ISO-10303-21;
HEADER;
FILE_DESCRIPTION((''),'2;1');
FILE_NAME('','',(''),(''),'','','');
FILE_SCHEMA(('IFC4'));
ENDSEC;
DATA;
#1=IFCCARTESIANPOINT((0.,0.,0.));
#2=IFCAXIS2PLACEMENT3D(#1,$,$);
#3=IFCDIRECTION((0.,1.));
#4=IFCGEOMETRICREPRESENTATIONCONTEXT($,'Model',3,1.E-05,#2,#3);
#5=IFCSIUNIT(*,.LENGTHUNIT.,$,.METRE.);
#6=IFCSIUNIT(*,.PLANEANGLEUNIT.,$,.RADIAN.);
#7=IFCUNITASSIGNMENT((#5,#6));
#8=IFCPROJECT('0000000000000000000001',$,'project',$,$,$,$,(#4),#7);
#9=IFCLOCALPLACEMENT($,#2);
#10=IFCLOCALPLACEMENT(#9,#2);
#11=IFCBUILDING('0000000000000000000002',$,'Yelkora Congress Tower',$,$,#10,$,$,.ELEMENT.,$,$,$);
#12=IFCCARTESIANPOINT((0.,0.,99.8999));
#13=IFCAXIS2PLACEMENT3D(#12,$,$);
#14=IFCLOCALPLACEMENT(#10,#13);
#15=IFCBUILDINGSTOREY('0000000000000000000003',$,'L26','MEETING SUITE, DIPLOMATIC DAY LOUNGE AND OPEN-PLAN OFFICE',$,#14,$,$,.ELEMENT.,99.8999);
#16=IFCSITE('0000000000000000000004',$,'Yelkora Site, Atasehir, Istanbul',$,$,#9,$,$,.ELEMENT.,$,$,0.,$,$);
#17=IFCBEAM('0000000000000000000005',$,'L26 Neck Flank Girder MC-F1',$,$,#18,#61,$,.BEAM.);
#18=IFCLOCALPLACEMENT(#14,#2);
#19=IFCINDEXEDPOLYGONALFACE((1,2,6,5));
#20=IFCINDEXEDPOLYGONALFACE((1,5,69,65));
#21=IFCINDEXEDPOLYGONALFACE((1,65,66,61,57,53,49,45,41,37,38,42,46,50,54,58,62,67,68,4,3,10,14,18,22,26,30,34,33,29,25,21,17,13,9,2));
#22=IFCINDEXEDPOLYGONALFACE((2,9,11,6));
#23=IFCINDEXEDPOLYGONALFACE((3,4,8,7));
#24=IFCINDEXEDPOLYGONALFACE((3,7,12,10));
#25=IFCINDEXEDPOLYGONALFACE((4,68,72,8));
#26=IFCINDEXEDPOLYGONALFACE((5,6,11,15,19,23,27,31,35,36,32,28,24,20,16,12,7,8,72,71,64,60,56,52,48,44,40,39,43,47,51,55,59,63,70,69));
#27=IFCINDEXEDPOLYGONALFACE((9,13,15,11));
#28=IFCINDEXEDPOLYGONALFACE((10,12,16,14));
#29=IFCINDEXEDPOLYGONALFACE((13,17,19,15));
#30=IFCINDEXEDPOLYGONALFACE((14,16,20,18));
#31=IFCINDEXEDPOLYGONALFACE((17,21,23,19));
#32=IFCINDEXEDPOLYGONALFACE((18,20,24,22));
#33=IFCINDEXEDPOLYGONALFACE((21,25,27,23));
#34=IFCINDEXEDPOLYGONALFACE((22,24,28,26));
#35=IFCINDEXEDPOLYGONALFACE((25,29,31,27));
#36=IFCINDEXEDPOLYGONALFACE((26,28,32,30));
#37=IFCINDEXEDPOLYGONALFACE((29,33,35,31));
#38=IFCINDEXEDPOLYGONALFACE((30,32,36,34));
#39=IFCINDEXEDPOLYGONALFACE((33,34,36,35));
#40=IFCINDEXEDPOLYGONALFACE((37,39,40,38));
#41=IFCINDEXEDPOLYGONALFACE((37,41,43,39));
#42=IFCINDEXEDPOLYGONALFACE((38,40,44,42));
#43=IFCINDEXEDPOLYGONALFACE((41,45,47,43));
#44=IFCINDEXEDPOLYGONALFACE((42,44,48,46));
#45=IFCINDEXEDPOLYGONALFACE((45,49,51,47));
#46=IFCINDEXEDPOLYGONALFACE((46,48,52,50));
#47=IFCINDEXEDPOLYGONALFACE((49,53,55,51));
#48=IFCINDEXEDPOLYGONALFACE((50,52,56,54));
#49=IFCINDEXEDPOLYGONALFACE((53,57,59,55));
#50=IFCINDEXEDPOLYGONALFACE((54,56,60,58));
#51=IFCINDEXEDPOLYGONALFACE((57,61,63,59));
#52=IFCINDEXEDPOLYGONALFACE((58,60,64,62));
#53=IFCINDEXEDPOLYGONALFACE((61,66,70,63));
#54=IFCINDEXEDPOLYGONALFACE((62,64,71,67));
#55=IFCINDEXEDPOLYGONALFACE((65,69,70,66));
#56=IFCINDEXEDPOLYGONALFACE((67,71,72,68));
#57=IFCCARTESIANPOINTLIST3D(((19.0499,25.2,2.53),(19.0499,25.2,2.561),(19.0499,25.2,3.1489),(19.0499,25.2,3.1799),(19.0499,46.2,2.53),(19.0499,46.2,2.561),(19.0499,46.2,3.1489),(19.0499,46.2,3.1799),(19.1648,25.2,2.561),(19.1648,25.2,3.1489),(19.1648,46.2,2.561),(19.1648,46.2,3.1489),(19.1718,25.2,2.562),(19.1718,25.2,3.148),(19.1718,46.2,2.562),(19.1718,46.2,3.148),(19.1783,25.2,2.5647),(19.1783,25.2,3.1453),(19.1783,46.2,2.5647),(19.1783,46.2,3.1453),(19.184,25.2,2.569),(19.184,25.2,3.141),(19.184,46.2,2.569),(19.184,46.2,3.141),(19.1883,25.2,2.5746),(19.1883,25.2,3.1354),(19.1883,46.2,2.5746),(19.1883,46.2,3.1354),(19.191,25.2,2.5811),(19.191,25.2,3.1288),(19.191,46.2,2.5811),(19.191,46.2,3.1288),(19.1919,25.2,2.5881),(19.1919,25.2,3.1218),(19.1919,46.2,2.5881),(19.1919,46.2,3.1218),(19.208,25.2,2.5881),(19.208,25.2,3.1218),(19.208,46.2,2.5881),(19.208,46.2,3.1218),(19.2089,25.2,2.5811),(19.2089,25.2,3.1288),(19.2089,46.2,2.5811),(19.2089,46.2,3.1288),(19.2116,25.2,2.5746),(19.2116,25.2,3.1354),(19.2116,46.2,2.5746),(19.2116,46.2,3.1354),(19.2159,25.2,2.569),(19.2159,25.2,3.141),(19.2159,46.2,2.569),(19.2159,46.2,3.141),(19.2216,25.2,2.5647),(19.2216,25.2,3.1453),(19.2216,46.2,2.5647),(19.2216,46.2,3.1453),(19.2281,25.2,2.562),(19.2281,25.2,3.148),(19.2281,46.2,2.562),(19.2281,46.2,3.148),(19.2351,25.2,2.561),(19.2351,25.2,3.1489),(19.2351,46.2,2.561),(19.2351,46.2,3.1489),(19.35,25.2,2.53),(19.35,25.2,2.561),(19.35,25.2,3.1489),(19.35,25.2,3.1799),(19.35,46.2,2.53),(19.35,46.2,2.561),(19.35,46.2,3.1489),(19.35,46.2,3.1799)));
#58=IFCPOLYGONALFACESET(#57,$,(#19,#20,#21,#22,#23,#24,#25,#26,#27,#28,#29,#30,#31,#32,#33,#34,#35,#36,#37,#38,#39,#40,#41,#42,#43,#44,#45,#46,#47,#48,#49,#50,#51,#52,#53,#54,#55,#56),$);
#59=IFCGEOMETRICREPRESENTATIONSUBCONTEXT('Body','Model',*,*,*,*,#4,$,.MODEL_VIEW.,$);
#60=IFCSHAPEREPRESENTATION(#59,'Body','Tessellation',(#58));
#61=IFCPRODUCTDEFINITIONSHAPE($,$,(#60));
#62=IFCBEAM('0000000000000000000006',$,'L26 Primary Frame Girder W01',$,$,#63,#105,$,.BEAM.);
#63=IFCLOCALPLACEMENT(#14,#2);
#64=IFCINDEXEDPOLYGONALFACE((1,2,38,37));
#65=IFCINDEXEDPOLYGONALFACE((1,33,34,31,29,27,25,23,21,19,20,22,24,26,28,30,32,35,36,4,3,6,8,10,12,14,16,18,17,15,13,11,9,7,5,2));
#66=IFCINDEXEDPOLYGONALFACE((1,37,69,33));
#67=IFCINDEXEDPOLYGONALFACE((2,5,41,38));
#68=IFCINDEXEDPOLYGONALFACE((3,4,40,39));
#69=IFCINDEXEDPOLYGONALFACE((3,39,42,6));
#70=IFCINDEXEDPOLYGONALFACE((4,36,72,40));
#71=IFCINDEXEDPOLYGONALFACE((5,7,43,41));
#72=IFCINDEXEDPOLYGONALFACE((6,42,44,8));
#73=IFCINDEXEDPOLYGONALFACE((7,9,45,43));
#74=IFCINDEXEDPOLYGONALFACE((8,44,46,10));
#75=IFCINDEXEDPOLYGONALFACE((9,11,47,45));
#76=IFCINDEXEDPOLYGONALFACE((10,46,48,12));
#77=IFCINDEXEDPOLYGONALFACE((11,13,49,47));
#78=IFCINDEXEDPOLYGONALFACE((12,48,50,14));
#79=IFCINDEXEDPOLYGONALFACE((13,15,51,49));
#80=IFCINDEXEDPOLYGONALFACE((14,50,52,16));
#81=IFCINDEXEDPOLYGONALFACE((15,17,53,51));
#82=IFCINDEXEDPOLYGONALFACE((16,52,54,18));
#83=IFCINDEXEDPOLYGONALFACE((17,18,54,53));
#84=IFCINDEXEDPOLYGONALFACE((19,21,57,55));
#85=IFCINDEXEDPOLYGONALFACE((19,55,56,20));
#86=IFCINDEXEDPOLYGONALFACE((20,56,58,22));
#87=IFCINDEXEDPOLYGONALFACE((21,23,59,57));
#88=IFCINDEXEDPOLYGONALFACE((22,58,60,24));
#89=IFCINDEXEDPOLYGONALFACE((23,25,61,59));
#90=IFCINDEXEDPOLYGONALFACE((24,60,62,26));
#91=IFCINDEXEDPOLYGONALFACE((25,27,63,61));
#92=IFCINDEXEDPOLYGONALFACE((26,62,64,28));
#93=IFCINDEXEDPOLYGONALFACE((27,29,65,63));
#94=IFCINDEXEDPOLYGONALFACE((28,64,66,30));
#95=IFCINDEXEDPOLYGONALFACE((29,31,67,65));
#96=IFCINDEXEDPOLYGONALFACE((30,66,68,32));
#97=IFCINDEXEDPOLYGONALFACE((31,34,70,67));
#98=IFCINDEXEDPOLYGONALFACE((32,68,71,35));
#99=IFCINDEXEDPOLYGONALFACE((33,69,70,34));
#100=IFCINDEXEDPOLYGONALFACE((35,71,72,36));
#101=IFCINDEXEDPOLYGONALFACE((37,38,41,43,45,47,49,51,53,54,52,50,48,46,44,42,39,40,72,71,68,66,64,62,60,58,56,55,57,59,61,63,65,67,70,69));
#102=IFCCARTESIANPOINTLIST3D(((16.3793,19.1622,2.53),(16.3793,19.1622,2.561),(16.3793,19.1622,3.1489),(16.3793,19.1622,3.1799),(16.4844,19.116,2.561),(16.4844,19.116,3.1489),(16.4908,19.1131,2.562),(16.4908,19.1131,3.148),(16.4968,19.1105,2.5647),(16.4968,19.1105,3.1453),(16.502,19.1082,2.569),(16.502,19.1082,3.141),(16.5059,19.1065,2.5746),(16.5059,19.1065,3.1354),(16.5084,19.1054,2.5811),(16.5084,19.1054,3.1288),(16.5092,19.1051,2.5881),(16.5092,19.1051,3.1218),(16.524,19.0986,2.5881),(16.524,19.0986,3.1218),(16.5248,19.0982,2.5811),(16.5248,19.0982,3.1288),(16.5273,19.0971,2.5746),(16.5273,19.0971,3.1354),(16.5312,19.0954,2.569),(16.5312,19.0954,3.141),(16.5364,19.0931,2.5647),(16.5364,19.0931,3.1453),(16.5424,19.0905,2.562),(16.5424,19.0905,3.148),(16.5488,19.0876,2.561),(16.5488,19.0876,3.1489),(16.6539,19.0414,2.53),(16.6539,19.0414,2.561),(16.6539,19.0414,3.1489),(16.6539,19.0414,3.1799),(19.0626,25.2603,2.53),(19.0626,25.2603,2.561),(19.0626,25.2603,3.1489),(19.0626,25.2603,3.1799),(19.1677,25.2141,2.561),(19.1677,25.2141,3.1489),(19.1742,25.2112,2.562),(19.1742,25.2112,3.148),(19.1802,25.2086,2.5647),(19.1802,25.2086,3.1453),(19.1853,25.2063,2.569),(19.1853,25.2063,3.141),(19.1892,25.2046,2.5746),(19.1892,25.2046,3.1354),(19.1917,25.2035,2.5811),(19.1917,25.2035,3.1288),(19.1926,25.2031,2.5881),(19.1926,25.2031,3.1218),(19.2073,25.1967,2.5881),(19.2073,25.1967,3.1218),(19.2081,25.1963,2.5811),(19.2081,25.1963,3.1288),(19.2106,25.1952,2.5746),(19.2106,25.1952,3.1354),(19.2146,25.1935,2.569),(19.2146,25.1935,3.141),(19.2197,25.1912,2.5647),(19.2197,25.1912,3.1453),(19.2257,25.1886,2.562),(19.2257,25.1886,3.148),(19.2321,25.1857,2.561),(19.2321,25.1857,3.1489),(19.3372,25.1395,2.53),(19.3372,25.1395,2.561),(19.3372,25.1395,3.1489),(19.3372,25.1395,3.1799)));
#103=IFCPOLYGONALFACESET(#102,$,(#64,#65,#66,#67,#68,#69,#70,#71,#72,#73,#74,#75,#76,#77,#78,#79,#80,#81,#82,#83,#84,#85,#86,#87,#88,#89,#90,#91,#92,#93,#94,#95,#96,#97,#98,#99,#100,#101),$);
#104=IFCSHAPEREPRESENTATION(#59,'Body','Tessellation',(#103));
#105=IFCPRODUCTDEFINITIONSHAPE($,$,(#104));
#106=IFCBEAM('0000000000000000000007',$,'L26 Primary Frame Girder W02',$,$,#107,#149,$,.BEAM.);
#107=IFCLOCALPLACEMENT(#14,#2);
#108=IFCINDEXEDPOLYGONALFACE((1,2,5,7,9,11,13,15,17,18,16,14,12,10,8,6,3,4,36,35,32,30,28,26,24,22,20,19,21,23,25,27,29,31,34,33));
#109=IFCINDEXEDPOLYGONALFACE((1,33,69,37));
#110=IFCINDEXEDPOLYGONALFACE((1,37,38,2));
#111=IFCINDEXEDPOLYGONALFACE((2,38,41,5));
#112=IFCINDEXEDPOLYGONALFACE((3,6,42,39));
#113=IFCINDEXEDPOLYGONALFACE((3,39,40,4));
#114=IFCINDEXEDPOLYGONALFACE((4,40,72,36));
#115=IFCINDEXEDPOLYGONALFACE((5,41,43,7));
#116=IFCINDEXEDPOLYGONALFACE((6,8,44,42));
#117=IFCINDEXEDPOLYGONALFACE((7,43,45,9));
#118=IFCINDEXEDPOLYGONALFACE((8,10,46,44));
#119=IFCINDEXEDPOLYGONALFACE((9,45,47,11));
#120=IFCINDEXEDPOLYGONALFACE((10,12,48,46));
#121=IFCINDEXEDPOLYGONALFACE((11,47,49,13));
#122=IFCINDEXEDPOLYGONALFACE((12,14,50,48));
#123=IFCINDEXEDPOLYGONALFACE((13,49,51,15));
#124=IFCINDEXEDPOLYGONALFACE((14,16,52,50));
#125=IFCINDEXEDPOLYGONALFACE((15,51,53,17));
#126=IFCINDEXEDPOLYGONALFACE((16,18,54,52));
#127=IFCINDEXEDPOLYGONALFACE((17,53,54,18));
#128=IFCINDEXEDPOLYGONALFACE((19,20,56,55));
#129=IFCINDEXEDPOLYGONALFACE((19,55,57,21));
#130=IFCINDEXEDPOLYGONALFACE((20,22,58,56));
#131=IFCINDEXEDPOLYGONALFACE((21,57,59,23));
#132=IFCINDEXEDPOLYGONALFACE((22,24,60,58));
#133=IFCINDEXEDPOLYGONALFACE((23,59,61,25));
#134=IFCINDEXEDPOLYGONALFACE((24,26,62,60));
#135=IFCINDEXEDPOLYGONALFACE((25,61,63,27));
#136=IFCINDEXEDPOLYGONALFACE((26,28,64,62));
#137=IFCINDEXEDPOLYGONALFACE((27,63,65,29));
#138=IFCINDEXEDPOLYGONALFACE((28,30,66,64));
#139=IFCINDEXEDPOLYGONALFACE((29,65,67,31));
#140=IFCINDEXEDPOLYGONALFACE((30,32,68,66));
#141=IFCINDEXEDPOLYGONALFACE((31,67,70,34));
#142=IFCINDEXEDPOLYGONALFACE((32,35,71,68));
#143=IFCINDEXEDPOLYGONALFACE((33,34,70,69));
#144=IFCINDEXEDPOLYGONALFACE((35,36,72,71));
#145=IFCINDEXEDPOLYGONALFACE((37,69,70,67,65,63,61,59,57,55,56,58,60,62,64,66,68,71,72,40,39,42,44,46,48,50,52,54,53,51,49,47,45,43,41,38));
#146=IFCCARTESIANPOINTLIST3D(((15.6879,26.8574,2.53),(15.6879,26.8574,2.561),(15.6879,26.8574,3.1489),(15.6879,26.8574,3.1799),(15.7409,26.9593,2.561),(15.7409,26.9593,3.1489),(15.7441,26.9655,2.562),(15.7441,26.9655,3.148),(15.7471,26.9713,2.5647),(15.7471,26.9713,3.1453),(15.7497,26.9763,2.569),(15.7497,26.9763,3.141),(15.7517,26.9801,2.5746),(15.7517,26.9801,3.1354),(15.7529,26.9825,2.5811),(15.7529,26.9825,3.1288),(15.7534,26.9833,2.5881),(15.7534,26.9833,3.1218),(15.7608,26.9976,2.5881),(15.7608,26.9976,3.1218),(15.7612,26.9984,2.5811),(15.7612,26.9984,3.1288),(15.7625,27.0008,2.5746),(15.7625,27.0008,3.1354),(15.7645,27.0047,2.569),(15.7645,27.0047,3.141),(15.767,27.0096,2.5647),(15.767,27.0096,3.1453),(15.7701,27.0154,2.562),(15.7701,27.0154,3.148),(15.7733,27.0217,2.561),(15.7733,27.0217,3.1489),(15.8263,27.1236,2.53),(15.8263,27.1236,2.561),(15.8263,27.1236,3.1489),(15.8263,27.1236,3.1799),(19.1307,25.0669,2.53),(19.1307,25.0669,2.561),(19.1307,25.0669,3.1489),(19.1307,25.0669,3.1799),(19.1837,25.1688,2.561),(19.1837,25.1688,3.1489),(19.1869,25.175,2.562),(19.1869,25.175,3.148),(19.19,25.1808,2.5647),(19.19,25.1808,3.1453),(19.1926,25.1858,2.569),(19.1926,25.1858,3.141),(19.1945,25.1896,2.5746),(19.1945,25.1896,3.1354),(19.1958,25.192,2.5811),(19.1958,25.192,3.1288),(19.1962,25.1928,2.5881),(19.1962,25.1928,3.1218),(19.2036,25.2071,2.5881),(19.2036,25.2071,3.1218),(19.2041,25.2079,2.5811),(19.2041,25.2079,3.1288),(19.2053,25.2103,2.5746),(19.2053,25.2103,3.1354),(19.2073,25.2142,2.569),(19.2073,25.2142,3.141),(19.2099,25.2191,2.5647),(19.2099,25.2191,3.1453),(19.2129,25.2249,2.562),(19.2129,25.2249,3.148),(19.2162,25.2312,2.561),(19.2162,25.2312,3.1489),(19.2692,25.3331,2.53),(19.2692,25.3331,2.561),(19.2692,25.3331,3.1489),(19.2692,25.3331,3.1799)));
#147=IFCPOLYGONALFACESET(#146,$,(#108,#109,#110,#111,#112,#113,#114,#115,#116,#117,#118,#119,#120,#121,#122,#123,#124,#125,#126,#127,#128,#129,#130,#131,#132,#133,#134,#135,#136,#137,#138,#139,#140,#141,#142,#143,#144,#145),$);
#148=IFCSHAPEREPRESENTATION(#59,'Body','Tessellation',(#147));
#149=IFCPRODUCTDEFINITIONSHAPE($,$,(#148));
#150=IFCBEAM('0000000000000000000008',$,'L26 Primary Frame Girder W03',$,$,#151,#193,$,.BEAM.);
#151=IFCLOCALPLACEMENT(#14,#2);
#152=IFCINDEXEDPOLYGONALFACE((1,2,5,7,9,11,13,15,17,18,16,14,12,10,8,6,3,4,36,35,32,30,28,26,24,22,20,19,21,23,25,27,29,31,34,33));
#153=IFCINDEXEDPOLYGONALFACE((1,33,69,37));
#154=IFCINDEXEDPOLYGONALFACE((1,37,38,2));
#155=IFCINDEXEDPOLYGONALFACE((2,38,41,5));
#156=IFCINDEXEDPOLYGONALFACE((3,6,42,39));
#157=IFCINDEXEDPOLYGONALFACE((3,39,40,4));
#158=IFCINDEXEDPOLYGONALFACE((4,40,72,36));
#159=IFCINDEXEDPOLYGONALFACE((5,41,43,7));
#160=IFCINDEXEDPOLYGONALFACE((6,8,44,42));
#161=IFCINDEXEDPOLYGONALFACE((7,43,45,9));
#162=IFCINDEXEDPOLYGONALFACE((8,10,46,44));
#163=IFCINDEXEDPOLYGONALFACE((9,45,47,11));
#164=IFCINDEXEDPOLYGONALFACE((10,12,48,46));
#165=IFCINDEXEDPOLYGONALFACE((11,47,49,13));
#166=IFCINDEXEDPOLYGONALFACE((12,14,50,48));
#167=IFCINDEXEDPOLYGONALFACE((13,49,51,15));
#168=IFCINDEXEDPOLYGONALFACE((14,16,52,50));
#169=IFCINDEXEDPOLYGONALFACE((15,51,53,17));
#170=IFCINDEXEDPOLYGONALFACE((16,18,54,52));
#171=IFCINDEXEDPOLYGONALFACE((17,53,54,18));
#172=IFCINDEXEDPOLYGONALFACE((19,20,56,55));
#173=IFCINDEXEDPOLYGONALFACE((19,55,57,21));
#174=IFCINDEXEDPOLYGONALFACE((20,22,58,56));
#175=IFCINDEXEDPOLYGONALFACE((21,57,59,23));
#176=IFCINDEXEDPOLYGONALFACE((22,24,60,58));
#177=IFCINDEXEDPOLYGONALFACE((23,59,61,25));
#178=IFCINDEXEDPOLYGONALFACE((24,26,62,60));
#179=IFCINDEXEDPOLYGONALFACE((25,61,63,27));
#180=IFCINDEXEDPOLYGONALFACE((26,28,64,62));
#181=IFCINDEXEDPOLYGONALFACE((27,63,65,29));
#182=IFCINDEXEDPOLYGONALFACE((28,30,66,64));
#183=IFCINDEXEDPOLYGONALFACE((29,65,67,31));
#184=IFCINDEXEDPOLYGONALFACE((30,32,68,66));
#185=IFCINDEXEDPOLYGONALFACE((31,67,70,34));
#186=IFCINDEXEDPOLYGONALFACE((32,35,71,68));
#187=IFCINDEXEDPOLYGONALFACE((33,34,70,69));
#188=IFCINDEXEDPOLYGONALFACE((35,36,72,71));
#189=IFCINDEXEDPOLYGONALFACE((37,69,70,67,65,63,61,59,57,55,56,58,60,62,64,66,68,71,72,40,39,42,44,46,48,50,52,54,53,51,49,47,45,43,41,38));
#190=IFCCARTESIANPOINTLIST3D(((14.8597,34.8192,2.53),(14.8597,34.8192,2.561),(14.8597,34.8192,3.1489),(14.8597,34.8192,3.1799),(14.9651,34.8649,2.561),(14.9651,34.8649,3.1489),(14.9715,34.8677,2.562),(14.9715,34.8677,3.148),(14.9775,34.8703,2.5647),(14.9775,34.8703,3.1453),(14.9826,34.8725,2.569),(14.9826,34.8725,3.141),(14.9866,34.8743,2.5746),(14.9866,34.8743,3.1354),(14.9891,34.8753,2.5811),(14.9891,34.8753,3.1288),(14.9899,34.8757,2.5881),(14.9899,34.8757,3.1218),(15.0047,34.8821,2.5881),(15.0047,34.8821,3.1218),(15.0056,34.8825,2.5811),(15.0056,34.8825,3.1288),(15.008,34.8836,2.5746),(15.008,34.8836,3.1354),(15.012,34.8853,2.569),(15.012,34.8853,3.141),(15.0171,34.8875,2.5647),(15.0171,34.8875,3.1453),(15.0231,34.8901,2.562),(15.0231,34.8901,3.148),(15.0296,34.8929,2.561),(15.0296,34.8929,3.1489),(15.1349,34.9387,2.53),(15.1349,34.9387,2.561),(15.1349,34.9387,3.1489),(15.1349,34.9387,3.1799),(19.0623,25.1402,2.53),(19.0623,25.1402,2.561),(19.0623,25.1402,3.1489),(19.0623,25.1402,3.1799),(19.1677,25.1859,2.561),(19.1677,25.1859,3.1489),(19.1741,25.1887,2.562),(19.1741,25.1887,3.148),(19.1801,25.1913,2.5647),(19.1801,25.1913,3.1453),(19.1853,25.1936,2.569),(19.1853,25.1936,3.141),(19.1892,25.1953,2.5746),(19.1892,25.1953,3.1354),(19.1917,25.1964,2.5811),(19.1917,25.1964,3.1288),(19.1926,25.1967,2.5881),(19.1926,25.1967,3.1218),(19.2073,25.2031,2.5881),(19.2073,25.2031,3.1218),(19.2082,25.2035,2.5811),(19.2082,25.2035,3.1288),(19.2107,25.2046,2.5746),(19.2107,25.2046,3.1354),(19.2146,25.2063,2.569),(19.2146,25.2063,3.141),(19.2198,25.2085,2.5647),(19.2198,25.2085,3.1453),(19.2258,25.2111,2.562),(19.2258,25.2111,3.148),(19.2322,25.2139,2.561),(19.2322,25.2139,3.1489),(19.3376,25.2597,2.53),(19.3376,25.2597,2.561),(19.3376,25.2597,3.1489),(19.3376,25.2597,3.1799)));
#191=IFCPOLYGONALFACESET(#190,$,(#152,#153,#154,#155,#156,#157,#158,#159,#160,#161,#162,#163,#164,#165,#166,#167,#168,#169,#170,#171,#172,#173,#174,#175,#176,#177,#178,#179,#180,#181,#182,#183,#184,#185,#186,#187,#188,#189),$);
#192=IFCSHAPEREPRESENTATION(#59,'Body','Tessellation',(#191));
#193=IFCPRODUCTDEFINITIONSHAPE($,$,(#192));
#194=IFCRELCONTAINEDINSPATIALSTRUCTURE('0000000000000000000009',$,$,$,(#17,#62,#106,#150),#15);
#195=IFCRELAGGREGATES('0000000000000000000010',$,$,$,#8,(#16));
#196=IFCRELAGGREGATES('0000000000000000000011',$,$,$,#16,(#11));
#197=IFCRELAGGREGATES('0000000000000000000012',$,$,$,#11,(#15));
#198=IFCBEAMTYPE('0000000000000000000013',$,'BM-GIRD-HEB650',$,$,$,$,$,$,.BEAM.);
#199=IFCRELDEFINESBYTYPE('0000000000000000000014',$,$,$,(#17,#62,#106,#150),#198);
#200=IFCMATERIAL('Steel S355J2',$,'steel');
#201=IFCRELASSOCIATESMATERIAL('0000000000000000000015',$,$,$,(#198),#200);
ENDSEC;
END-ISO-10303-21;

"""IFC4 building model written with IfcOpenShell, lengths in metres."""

from ifc_helpers import new_model, si_unit, direction, frame, origin, origin_2d, place, context, subcontext, project, spatial, i_section, extrude, material, material_profile, profile_set, type_object, element, save


model = new_model("IFC4")

# Units and contexts
model_context = context("Model", 3, precision=1e-05, world=origin(), true_north=direction((0.0, 1.0)))
body_context = subcontext(model_context, "Body", "Model", "MODEL_VIEW")
ifc_project = project(units=[si_unit("LENGTHUNIT", "METRE"), si_unit("PLANEANGLEUNIT", "RADIAN")], contexts=[model_context])

# Site, building, storey
site_placement = place(None, origin())
site = spatial("IfcSite", under=ifc_project, at=site_placement, Name="Yelkora Site, Atasehir, Istanbul", CompositionType="ELEMENT", RefElevation=0.0)
building_placement = place(site_placement, origin())
building = spatial("IfcBuilding", under=site, at=building_placement, Name="Yelkora Congress Tower", CompositionType="ELEMENT")
storey_placement = place(building_placement, frame((0.0, 0.0, 99.8999)))
storey = spatial("IfcBuildingStorey", under=building, at=storey_placement, Name="L26", Description="MEETING SUITE, DIPLOMATIC DAY LOUNGE AND OPEN-PLAN OFFICE", CompositionType="ELEMENT", Elevation=99.8999)

# Beams
ifc_material_1 = material(Name="Steel S355J2", Category="steel")
ifc_material_profile_1 = material_profile(ifc_material_1, i_section(OverallWidth=0.3, OverallDepth=0.6499, WebThickness=0.0161, FlangeThickness=0.031, FilletRadius=0.0271, at=origin_2d()), Name="HEB 650")
ifc_profile_set_1 = profile_set([ifc_material_profile_1], Name="Steel S355J2")
beam_type_1 = type_object("IfcBeamType", Name="BM-GIRD-HEB650", PredefinedType="BEAM", material=ifc_profile_set_1)
beam_1_placement = place(storey_placement, frame((19.2, 25.2, 2.855), z_axis=(0.0, 1.0, 0.0), x_axis=(-1.0, 0.0, 0.0)))
element("IfcBeam", 1, at=beam_1_placement, inside=storey, type_object=beam_type_1, Name="L26 Neck Flank Girder MC-F1", PredefinedType="BEAM", context=body_context, shape_type="SweptSolid", body=[
    extrude(i_section(OverallWidth=0.3, OverallDepth=0.6499, WebThickness=0.0161, FlangeThickness=0.031, FilletRadius=0.0271, at=origin_2d()), origin(), (0.0, 0.0, 1.0), 21.0),
])
beam_2_placement = place(storey_placement, frame((16.5166, 19.1018, 2.855), z_axis=(0.402759, 0.915306, 0.0), x_axis=(-0.915306, 0.402759, 0.0)))
element("IfcBeam", 2, at=beam_2_placement, inside=storey, type_object=beam_type_1, Name="L26 Primary Frame Girder W01", PredefinedType="BEAM", context=body_context, shape_type="SweptSolid", body=[
    extrude(i_section(OverallWidth=0.3, OverallDepth=0.6499, WebThickness=0.0161, FlangeThickness=0.031, FilletRadius=0.0271, at=origin_2d()), origin(), (0.0, 0.0, 1.0), 6.6624),
])
beam_3_placement = place(storey_placement, frame((15.7571, 26.9905, 2.855), z_axis=(0.887192, -0.4614, 0.0), x_axis=(0.4614, 0.887192, 0.0)))
element("IfcBeam", 3, at=beam_3_placement, inside=storey, type_object=beam_type_1, Name="L26 Primary Frame Girder W02", PredefinedType="BEAM", context=body_context, shape_type="SweptSolid", body=[
    extrude(i_section(OverallWidth=0.3, OverallDepth=0.6499, WebThickness=0.0161, FlangeThickness=0.031, FilletRadius=0.0271, at=origin_2d()), origin(), (0.0, 0.0, 1.0), 3.8806),
])
beam_4_placement = place(storey_placement, frame((14.9973, 34.8789, 2.855), z_axis=(0.398279, -0.917264, 0.0), x_axis=(0.917264, 0.398279, 0.0)))
element("IfcBeam", 4, at=beam_4_placement, inside=storey, type_object=beam_type_1, Name="L26 Primary Frame Girder W03", PredefinedType="BEAM", context=body_context, shape_type="SweptSolid", body=[
    extrude(i_section(OverallWidth=0.3, OverallDepth=0.6499, WebThickness=0.0161, FlangeThickness=0.031, FilletRadius=0.0271, at=origin_2d()), origin(), (0.0, 0.0, 1.0), 10.552),
])

save(model, "model.ifc")
